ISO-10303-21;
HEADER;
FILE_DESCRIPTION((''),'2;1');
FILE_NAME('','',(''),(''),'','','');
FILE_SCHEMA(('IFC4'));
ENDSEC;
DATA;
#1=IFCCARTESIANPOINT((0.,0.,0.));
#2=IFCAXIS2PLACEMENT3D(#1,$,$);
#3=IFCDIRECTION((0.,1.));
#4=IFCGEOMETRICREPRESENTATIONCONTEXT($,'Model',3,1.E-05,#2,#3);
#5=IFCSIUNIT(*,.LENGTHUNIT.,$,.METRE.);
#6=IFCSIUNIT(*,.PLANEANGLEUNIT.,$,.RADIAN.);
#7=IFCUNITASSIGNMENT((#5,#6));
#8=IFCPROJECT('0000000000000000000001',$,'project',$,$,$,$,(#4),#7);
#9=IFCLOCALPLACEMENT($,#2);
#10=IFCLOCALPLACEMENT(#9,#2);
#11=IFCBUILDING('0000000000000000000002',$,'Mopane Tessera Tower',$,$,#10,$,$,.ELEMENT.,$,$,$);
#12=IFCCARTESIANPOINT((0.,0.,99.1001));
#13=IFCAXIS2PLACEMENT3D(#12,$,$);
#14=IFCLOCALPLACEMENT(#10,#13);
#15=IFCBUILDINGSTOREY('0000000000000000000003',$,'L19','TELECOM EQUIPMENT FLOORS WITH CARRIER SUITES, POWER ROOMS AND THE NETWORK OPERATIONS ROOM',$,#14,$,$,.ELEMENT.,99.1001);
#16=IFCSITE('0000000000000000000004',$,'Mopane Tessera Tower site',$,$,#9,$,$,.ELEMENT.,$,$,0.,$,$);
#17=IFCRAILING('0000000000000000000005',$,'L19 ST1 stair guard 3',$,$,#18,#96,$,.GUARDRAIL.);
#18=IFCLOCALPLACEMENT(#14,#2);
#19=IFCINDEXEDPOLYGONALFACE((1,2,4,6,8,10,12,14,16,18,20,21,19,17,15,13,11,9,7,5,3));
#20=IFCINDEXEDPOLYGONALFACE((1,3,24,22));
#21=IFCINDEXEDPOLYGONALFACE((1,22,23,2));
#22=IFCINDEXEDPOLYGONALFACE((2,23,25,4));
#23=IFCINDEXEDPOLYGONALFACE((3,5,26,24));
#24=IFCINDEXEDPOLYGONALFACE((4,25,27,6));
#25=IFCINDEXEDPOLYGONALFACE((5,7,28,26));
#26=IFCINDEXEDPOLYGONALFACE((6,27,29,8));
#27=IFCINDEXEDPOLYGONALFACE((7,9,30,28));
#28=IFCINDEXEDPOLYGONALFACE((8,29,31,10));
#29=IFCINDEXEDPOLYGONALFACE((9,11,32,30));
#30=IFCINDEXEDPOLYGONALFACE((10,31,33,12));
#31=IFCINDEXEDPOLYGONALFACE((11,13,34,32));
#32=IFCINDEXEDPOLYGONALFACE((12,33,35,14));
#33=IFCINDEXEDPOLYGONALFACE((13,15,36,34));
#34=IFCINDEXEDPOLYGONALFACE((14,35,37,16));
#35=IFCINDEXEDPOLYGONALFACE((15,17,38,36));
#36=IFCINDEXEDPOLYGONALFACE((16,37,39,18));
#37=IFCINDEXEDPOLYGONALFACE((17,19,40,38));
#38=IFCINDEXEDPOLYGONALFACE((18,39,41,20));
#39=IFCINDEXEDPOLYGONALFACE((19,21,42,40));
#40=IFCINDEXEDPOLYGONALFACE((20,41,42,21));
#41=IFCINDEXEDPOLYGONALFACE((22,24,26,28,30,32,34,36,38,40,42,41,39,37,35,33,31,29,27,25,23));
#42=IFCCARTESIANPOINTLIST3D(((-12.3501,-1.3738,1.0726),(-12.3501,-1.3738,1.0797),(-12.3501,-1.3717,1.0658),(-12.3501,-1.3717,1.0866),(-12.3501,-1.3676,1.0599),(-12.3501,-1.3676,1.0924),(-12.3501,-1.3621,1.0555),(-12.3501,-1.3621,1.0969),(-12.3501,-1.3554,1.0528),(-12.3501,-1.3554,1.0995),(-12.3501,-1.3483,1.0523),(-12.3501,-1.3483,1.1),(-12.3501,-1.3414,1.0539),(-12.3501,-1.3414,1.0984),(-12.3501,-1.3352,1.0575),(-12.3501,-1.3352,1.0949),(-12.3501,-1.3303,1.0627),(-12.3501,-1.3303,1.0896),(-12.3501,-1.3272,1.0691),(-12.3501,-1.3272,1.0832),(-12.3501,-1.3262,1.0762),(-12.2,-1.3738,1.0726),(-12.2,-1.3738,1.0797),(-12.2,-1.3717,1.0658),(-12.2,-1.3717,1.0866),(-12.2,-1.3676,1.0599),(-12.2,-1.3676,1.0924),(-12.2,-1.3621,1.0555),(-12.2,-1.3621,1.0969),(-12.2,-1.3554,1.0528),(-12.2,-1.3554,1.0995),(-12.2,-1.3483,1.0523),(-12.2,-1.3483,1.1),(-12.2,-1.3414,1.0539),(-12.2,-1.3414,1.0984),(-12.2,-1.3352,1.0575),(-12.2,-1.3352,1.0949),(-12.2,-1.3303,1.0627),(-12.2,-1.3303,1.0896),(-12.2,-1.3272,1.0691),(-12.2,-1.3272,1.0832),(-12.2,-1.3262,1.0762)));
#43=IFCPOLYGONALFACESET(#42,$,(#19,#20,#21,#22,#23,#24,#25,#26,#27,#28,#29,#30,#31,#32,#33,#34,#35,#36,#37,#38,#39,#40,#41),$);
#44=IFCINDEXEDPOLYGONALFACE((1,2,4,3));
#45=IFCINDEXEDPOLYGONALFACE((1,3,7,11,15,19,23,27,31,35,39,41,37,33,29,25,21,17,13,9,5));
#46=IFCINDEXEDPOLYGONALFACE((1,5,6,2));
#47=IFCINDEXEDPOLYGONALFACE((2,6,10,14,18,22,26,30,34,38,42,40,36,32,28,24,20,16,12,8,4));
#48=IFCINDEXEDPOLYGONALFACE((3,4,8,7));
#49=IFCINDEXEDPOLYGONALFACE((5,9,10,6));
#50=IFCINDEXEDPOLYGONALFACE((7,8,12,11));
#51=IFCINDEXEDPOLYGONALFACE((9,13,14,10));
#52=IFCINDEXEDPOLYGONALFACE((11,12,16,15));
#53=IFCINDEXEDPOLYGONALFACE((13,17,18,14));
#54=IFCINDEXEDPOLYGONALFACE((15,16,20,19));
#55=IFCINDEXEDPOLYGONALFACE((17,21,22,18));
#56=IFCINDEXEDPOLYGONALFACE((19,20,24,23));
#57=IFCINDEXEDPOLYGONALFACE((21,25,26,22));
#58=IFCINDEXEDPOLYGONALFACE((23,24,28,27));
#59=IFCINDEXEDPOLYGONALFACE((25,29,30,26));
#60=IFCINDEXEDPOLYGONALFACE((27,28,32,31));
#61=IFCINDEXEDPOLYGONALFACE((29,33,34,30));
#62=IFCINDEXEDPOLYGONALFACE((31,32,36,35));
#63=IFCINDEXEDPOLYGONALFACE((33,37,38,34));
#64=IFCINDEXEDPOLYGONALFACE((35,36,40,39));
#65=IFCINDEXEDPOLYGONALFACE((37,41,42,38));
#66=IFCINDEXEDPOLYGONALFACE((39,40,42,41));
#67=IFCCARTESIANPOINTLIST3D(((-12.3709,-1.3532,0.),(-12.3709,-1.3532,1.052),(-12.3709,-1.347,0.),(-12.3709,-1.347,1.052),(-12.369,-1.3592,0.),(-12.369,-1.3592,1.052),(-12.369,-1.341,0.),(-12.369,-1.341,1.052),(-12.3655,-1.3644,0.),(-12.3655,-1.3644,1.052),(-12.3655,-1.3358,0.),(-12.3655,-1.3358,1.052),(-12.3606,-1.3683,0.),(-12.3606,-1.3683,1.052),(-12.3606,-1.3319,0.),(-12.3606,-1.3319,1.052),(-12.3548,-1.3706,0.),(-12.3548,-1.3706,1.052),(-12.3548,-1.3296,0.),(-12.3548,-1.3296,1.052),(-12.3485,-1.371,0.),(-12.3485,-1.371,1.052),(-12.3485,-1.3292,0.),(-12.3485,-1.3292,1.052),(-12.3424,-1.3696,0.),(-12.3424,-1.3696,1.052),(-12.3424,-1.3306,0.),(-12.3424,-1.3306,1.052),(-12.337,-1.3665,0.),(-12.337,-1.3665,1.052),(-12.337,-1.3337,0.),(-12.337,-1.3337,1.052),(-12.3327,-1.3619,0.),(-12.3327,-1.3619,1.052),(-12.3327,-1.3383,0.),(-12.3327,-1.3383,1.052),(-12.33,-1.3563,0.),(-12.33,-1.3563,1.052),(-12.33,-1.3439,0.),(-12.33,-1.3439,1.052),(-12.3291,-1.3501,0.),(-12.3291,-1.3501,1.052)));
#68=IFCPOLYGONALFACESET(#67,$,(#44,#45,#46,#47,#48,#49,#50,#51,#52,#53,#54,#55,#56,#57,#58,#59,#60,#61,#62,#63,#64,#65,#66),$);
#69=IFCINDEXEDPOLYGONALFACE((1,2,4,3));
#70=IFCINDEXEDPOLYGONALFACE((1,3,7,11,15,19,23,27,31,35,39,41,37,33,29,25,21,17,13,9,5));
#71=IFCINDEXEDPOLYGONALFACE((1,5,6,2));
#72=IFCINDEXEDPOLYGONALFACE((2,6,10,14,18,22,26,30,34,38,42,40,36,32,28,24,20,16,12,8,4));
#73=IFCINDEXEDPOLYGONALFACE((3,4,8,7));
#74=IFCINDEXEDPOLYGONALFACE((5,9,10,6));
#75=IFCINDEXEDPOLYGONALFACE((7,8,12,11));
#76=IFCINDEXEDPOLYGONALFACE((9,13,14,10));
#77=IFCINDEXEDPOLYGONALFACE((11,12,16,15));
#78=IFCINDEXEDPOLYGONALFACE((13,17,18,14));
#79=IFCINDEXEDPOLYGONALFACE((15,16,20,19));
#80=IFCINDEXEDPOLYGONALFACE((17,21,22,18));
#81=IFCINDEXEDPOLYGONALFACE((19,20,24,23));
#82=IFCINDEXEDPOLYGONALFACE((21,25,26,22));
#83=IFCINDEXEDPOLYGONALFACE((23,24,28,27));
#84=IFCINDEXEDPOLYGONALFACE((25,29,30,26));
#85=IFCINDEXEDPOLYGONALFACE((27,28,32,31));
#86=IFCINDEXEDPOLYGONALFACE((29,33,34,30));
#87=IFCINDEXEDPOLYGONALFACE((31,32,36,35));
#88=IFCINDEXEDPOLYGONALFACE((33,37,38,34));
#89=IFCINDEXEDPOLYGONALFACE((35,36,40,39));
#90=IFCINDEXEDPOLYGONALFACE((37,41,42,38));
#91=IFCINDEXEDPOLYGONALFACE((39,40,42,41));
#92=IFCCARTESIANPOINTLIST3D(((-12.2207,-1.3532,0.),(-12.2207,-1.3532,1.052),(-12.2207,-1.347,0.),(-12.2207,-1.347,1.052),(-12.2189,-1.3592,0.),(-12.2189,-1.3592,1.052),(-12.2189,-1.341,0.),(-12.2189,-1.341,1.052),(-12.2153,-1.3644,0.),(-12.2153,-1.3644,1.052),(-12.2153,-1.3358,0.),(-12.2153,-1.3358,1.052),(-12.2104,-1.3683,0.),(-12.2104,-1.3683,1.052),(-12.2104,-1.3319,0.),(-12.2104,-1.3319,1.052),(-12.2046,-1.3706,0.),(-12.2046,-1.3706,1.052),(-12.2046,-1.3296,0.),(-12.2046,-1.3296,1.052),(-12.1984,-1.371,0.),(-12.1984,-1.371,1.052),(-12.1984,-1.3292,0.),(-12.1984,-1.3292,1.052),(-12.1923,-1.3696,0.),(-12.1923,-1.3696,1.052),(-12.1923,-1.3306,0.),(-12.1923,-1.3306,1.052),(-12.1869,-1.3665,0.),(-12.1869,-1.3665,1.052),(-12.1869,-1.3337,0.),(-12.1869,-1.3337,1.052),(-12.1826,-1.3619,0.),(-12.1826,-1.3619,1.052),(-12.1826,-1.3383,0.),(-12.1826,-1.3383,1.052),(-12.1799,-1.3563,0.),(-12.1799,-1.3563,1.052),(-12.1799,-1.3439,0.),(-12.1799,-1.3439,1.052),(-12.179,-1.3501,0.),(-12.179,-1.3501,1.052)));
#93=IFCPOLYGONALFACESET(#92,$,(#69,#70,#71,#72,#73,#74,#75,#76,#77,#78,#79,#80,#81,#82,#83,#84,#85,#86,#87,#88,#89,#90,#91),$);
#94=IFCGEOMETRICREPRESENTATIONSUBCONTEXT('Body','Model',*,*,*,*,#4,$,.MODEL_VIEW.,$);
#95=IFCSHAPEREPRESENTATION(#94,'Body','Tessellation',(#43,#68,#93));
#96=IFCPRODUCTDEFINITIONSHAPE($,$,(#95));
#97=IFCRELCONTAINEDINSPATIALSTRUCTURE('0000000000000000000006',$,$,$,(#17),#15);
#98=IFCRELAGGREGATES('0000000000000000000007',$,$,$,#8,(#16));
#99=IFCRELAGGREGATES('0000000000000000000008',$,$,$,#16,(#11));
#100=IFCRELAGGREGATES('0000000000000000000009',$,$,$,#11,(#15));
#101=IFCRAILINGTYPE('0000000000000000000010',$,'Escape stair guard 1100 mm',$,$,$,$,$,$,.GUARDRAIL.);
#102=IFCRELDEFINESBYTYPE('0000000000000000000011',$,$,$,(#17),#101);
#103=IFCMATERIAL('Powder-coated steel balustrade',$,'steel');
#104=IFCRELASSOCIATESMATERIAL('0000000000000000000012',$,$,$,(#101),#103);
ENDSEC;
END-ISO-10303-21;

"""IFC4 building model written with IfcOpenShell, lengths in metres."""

from ifc_helpers import new_model, si_unit, direction, frame, origin, origin_2d, place, context, subcontext, project, spatial, circle, extrude, material, type_object, element, save


model = new_model("IFC4")

# Units and contexts
model_context = context("Model", 3, precision=1e-05, world=origin(), true_north=direction((0.0, 1.0)))
body_context = subcontext(model_context, "Body", "Model", "MODEL_VIEW")
ifc_project = project(units=[si_unit("LENGTHUNIT", "METRE"), si_unit("PLANEANGLEUNIT", "RADIAN")], contexts=[model_context])

# Site, building, storey
site_placement = place(None, origin())
site = spatial("IfcSite", under=ifc_project, at=site_placement, Name="Mopane Tessera Tower site", CompositionType="ELEMENT", RefElevation=0.0)
building_placement = place(site_placement, origin())
building = spatial("IfcBuilding", under=site, at=building_placement, Name="Mopane Tessera Tower", CompositionType="ELEMENT")
storey_placement = place(building_placement, frame((0.0, 0.0, 99.1001)))
storey = spatial("IfcBuildingStorey", under=building, at=storey_placement, Name="L19", Description="TELECOM EQUIPMENT FLOORS WITH CARRIER SUITES, POWER ROOMS AND THE NETWORK OPERATIONS ROOM", CompositionType="ELEMENT", Elevation=99.1001)

# Railing
ifc_material_1 = material(Name="Powder-coated steel balustrade", Category="steel")
railing_type_1 = type_object("IfcRailingType", Name="Escape stair guard 1100 mm", PredefinedType="GUARDRAIL", material=ifc_material_1)
railing_1_placement = place(storey_placement, frame((-12.3501, -1.3501, 0.0)))
element("IfcRailing", 1, at=railing_1_placement, inside=storey, type_object=railing_type_1, Name="L19 ST1 stair guard 3", PredefinedType="GUARDRAIL", context=body_context, shape_type="SweptSolid", body=[
    extrude(circle(Radius=0.0239, at=origin_2d()), frame((0.0, 0.0, 1.0762), z_axis=(1.0, 0.0, 0.0), x_axis=(0.0, 1.0, 0.0)), (0.0, 0.0, 1.0), 0.1501),
    extrude(circle(Radius=0.021, at=origin_2d()), origin(), (0.0, 0.0, 1.0), 1.052),
    extrude(circle(Radius=0.021, at=origin_2d()), frame((0.1501, 0.0, 0.0)), (0.0, 0.0, 1.0), 1.052),
])

save(model, "model.ifc")
